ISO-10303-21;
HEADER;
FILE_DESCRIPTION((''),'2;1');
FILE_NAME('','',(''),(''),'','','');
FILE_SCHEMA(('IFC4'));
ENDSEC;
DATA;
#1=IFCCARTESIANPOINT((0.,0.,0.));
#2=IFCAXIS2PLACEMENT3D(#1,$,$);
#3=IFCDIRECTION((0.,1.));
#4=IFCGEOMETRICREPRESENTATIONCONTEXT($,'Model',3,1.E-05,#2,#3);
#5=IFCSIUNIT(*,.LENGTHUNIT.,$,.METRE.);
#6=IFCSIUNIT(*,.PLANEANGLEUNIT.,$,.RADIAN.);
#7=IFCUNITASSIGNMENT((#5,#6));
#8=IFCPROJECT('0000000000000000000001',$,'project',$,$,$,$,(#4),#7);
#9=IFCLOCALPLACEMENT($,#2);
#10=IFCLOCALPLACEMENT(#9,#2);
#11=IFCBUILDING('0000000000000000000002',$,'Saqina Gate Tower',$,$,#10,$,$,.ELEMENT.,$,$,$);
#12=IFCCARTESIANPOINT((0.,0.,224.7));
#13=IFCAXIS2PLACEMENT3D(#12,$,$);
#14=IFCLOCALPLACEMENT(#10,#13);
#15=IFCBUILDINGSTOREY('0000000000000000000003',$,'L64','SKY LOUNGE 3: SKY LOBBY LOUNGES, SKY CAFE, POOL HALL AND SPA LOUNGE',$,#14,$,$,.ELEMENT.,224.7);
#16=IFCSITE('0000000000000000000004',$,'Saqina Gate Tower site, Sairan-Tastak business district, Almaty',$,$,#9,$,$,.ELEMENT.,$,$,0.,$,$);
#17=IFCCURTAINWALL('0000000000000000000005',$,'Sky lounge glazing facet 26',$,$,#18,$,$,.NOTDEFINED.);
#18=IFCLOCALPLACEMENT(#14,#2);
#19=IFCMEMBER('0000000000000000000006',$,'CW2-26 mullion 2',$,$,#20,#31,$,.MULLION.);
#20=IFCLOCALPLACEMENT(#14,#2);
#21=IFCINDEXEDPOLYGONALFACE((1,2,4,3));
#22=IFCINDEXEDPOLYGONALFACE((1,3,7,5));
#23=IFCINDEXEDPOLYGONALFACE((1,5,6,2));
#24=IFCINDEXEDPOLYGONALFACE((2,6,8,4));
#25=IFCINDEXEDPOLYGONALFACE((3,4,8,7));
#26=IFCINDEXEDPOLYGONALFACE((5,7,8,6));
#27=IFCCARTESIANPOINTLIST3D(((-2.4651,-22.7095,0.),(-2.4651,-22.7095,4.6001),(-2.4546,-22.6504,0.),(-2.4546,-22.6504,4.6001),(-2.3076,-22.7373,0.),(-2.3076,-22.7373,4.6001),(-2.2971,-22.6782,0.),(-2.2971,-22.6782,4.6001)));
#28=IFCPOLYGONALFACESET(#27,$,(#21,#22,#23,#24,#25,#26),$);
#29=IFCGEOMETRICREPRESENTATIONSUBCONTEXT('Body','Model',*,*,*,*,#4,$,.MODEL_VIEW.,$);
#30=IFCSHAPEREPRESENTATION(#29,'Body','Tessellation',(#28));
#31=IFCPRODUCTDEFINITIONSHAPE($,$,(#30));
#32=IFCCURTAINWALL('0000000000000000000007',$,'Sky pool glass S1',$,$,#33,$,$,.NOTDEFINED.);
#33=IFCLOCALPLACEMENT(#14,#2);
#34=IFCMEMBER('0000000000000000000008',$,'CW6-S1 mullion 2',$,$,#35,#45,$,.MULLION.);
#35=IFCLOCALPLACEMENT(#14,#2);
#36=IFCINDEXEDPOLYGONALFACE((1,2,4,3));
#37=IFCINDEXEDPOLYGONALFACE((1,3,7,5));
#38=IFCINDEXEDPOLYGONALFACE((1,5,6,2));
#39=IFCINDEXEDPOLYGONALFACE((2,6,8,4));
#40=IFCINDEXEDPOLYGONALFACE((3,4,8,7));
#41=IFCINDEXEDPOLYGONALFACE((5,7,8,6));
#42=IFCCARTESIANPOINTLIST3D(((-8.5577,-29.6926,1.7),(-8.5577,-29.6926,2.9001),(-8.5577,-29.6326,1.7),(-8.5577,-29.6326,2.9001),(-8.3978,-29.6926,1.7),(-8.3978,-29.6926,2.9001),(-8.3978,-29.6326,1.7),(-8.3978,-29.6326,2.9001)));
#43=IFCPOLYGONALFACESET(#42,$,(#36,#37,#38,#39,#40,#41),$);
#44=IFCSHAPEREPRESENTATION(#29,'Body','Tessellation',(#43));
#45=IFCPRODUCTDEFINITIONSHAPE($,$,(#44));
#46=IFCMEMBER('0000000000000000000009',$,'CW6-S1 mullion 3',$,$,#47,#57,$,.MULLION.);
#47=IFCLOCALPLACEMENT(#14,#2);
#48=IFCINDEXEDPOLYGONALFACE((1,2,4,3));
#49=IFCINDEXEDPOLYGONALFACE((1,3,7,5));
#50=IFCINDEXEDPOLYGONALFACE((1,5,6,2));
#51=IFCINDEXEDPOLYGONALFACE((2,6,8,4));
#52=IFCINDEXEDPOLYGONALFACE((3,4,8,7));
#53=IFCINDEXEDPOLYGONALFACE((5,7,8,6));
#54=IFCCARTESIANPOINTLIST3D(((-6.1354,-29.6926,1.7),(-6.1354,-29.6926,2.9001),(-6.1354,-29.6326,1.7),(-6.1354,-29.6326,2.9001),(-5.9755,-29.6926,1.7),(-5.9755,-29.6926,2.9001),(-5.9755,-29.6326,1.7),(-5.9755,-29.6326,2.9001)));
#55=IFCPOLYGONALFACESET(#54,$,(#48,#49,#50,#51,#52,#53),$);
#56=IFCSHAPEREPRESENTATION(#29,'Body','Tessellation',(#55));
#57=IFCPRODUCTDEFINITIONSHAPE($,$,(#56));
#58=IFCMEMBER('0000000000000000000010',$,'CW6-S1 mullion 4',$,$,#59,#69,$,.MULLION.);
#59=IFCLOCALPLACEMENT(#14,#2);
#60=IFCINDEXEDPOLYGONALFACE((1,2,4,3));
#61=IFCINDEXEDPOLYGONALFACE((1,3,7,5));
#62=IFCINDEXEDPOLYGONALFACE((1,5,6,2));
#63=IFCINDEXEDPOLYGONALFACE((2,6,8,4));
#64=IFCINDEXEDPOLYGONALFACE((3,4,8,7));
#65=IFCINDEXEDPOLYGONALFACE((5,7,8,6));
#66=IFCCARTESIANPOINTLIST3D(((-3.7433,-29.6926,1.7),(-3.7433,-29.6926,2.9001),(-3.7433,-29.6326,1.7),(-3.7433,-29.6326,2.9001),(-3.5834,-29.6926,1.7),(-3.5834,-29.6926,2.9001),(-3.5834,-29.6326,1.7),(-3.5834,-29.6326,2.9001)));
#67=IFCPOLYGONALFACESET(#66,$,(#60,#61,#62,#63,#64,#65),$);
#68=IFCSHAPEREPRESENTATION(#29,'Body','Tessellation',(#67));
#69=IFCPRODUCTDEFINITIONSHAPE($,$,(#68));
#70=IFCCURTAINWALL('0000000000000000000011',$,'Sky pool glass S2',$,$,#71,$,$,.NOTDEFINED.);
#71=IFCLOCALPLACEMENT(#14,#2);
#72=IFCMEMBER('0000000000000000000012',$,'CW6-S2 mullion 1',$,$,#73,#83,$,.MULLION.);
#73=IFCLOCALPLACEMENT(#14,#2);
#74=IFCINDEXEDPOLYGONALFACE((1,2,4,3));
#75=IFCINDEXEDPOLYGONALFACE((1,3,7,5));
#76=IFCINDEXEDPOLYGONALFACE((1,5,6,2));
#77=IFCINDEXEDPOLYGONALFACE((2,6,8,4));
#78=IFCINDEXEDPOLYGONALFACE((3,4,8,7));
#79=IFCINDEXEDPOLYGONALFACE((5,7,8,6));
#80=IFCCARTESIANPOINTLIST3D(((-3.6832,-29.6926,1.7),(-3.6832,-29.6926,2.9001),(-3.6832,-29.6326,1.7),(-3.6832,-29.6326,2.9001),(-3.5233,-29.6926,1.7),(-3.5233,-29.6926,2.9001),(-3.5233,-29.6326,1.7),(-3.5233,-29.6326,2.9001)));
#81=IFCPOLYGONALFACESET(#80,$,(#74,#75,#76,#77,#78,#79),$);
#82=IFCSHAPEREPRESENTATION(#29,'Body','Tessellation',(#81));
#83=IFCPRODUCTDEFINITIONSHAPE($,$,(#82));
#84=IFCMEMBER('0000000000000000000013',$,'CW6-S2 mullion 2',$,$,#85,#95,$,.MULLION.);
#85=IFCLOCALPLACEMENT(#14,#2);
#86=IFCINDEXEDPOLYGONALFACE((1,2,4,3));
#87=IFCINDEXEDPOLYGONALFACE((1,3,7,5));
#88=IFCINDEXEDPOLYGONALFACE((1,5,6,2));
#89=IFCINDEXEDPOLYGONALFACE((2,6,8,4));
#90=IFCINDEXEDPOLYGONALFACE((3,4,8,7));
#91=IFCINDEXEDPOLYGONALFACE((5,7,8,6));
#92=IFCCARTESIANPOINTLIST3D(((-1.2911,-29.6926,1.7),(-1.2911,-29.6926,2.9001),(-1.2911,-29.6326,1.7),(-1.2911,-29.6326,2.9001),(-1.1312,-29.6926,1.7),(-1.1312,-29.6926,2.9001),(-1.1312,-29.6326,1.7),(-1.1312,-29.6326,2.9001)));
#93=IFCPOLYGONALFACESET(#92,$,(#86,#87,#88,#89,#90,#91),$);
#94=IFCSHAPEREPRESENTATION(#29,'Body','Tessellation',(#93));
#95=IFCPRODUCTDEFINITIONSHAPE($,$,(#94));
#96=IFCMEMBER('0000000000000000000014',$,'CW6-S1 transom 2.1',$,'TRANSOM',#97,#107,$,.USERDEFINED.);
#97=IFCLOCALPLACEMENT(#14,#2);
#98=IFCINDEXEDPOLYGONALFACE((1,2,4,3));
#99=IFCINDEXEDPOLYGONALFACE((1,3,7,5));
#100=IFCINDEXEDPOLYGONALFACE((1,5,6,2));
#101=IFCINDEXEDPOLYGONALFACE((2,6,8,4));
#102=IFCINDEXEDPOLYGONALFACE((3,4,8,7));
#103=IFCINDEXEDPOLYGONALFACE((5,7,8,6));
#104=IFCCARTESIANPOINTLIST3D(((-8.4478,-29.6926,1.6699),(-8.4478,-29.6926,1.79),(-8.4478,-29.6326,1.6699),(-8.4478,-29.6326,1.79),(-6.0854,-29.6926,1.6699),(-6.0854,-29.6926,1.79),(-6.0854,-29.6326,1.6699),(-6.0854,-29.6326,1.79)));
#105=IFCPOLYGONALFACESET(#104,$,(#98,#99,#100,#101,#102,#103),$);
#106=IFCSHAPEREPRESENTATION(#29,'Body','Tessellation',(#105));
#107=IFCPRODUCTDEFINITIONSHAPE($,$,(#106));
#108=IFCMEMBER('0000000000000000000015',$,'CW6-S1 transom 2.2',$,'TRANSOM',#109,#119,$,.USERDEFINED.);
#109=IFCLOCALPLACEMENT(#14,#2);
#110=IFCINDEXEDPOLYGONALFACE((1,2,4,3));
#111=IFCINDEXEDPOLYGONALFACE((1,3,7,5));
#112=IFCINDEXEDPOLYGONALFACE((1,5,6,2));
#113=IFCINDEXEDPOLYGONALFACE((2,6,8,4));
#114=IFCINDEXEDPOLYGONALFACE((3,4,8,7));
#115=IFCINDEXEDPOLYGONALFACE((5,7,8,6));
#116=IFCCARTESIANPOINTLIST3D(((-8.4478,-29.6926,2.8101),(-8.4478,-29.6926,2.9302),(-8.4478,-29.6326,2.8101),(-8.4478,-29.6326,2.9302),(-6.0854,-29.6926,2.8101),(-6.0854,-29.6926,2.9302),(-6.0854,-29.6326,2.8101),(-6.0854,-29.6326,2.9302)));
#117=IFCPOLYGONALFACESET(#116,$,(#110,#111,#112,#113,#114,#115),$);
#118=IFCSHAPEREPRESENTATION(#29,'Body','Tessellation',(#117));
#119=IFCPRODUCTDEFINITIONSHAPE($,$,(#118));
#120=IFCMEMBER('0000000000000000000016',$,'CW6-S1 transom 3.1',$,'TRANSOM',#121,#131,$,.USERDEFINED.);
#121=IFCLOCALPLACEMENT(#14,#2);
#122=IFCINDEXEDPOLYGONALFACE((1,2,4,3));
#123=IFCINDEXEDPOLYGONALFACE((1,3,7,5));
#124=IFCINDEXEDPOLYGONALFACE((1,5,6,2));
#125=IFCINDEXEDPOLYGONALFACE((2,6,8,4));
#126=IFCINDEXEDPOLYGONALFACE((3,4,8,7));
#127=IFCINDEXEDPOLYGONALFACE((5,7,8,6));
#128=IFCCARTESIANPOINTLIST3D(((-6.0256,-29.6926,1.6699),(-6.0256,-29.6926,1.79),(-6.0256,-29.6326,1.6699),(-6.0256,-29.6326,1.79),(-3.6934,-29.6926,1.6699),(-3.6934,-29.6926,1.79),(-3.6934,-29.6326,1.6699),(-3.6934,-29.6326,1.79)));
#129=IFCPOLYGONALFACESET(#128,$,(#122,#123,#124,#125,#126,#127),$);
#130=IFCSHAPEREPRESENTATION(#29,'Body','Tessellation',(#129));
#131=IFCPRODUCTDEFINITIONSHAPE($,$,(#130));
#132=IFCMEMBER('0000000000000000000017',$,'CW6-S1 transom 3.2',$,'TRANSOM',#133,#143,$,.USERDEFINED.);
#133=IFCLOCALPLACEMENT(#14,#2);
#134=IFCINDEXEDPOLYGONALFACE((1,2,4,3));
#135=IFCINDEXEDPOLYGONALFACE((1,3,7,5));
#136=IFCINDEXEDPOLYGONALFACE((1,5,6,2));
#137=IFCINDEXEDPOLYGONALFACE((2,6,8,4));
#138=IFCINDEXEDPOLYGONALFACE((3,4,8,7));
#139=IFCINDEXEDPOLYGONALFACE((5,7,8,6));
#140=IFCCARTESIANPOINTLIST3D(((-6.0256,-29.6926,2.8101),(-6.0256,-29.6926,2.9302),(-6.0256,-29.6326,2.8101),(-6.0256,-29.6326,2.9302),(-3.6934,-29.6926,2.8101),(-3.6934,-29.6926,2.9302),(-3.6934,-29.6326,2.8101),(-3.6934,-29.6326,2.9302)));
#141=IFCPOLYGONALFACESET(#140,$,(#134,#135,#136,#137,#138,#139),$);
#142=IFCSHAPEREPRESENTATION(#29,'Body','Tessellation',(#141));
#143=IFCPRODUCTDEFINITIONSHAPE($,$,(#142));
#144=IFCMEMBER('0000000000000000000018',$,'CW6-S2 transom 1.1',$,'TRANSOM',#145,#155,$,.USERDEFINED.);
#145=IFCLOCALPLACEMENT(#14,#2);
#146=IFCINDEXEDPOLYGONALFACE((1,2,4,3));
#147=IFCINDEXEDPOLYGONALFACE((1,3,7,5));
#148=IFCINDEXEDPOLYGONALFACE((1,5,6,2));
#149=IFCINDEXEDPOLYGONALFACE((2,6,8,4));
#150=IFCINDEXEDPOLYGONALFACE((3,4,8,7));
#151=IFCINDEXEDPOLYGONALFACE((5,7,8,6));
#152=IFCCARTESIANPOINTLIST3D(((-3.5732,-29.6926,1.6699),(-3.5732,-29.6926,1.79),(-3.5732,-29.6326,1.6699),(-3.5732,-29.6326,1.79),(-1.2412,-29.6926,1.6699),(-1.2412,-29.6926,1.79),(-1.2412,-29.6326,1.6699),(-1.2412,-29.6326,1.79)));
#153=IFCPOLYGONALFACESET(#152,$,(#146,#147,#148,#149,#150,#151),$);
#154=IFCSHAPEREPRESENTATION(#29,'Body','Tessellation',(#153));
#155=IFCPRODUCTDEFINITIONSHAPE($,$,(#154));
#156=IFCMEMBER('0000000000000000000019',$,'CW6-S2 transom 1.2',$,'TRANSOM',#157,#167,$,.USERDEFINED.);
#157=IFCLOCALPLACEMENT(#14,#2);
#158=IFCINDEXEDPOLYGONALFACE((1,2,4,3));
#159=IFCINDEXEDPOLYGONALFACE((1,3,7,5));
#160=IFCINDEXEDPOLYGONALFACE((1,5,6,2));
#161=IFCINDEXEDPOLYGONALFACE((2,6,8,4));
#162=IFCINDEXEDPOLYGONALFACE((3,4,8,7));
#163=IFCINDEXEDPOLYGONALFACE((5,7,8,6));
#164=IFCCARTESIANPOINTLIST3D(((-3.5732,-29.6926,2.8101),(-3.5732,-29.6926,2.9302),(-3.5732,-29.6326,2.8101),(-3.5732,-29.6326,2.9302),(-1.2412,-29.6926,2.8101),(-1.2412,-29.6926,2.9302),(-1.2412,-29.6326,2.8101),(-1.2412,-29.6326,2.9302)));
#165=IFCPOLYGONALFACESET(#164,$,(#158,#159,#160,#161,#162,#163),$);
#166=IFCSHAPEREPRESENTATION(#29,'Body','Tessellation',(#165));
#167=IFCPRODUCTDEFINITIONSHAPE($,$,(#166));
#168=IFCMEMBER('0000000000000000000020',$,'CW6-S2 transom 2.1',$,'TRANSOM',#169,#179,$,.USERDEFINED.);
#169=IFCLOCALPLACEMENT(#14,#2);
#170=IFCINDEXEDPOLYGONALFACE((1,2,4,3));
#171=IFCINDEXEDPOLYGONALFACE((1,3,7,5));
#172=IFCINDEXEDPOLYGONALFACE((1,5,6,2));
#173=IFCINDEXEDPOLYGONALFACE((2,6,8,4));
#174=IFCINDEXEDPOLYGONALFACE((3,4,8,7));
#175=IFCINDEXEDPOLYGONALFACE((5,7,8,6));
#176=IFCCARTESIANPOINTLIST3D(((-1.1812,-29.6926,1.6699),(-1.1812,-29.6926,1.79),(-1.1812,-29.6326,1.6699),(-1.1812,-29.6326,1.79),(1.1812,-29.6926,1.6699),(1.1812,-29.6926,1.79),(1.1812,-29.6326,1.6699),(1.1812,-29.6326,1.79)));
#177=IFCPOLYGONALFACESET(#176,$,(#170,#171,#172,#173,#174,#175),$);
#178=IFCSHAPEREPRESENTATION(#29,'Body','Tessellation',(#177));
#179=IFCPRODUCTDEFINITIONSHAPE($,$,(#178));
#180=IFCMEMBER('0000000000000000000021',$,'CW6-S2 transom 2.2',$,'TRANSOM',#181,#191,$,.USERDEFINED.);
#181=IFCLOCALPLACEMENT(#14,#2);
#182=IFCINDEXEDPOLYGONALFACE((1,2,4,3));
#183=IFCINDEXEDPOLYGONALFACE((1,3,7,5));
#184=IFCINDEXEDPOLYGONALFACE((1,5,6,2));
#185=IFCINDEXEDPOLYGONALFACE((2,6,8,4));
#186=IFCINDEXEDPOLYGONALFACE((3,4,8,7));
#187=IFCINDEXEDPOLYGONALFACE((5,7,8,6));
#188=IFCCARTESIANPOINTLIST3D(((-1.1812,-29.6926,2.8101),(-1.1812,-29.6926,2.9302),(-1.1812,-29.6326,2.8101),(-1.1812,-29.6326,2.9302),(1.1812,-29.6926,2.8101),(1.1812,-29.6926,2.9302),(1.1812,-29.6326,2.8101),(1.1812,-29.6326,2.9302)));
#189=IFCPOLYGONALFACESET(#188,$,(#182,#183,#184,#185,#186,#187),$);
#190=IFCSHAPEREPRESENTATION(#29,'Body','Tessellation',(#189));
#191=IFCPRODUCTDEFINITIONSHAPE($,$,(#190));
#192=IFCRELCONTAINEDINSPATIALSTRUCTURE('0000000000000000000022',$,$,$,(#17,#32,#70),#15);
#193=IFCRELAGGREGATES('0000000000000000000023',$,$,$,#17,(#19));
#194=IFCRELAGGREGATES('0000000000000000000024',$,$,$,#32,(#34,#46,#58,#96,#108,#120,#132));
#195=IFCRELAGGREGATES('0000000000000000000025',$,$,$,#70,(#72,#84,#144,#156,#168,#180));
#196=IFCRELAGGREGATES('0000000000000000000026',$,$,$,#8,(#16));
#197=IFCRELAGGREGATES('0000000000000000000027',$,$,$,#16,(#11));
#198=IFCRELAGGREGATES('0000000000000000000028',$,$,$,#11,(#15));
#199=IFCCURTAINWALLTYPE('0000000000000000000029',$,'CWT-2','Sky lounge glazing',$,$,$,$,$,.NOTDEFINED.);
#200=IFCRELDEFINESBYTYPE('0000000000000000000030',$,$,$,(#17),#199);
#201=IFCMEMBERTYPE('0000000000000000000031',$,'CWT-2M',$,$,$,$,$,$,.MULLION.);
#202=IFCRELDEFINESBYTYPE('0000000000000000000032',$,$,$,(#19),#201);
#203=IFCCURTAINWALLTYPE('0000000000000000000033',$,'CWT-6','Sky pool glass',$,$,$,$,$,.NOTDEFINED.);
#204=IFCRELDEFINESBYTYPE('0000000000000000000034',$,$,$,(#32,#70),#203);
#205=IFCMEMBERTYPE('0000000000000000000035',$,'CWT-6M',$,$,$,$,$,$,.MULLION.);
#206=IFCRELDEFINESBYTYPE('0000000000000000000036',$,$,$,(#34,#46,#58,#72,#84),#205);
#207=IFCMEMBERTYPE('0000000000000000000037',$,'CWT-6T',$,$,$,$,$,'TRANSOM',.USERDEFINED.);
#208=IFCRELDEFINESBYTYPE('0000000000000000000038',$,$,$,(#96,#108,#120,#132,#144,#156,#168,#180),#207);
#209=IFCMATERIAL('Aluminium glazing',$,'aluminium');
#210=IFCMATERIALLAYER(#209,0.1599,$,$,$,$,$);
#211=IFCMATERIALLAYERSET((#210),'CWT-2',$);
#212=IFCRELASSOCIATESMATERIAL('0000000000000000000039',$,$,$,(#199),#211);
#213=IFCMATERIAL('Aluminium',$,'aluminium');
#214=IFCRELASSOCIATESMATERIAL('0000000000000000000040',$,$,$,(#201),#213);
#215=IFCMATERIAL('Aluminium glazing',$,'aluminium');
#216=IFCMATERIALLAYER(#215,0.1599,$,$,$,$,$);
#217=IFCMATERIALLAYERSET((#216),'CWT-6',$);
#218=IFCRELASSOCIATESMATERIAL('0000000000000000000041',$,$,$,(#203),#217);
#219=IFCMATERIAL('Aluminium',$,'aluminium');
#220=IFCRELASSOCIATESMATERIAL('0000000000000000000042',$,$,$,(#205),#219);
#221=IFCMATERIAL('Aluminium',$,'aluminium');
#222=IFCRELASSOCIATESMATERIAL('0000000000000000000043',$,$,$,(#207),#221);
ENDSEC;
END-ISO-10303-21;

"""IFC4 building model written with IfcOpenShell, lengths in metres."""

from ifc_helpers import new_model, si_unit, direction, frame, origin, origin_2d, place, context, subcontext, project, spatial, rectangle, extrude, material, layer, layer_set, material_profile, profile_set, type_object, element, aggregate, save


model = new_model("IFC4")

# Units and contexts
model_context = context("Model", 3, precision=1e-05, world=origin(), true_north=direction((0.0, 1.0)))
body_context = subcontext(model_context, "Body", "Model", "MODEL_VIEW")
ifc_project = project(units=[si_unit("LENGTHUNIT", "METRE"), si_unit("PLANEANGLEUNIT", "RADIAN")], contexts=[model_context])

# Site, building, storey
site_placement = place(None, origin())
site = spatial("IfcSite", under=ifc_project, at=site_placement, Name="Saqina Gate Tower site, Sairan-Tastak business district, Almaty", CompositionType="ELEMENT", RefElevation=0.0)
building_placement = place(site_placement, origin())
building = spatial("IfcBuilding", under=site, at=building_placement, Name="Saqina Gate Tower", CompositionType="ELEMENT")
storey_placement = place(building_placement, frame((0.0, 0.0, 224.7)))
storey = spatial("IfcBuildingStorey", under=building, at=storey_placement, Name="L64", Description="SKY LOUNGE 3: SKY LOBBY LOUNGES, SKY CAFE, POOL HALL AND SPA LOUNGE", CompositionType="ELEMENT", Elevation=224.7)

# Curtain wall, member
ifc_material_1 = material(Name="Aluminium glazing", Category="aluminium")
ifc_layer_1 = layer(ifc_material_1, 0.1599)
ifc_layer_set_1 = layer_set([ifc_layer_1], Name="CWT-2")
curtain_wall_type_1 = type_object("IfcCurtainWallType", Name="CWT-2", Description="Sky lounge glazing", PredefinedType="NOTDEFINED", material=ifc_layer_set_1)
curtain_wall_1_placement = place(storey_placement, origin())
curtain_wall_1 = element("IfcCurtainWall", 1, at=curtain_wall_1_placement, inside=storey, type_object=curtain_wall_type_1, Name="Sky lounge glazing facet 26", PredefinedType="NOTDEFINED")
ifc_material_2 = material(Name="Aluminium", Category="aluminium")
ifc_material_profile_1 = material_profile(ifc_material_2, rectangle(XDim=0.0601, YDim=0.1599, at=origin_2d()), Name="Aluminium 60x160")
ifc_profile_set_1 = profile_set([ifc_material_profile_1], Name="Aluminium")
member_type_1 = type_object("IfcMemberType", Name="CWT-2M", PredefinedType="MULLION", material=ifc_profile_set_1)
member_1_placement = place(storey_placement, frame((-2.3811, -22.6938, 0.0), z_axis=(0.0, 0.0, 1.0), x_axis=(0.173663, 0.984805, 0.0)))
member_1 = element("IfcMember", 2, at=member_1_placement, type_object=member_type_1, Name="CW2-26 mullion 2", PredefinedType="MULLION", context=body_context, shape_type="SweptSolid", body=[
    extrude(rectangle(XDim=0.0601, YDim=0.1599, at=origin_2d()), origin(), (0.0, 0.0, 1.0), 4.6001),
])

# Curtain walls, members
ifc_material_3 = material(Name="Aluminium glazing", Category="aluminium")
ifc_layer_2 = layer(ifc_material_3, 0.1599)
ifc_layer_set_2 = layer_set([ifc_layer_2], Name="CWT-6")
curtain_wall_type_2 = type_object("IfcCurtainWallType", Name="CWT-6", Description="Sky pool glass", PredefinedType="NOTDEFINED", material=ifc_layer_set_2)
curtain_wall_2_placement = place(storey_placement, origin())
curtain_wall_2 = element("IfcCurtainWall", 3, at=curtain_wall_2_placement, inside=storey, type_object=curtain_wall_type_2, Name="Sky pool glass S1", PredefinedType="NOTDEFINED")
ifc_material_4 = material(Name="Aluminium", Category="aluminium")
ifc_material_profile_2 = material_profile(ifc_material_4, rectangle(XDim=0.0601, YDim=0.1599, at=origin_2d()), Name="Aluminium 60x160")
ifc_profile_set_2 = profile_set([ifc_material_profile_2], Name="Aluminium")
member_type_2 = type_object("IfcMemberType", Name="CWT-6M", PredefinedType="MULLION", material=ifc_profile_set_2)
member_2_placement = place(storey_placement, frame((-8.4778, -29.6626, 1.7), z_axis=(0.0, 0.0, 1.0), x_axis=(0.0, 1.0, 0.0)))
member_2 = element("IfcMember", 4, at=member_2_placement, type_object=member_type_2, Name="CW6-S1 mullion 2", PredefinedType="MULLION", context=body_context, shape_type="SweptSolid", body=[
    extrude(rectangle(XDim=0.0601, YDim=0.1599, at=origin_2d()), origin(), (0.0, 0.0, 1.0), 1.2002),
])
member_3_placement = place(storey_placement, frame((-6.0554, -29.6626, 1.7), z_axis=(0.0, 0.0, 1.0), x_axis=(0.0, 1.0, 0.0)))
member_3 = element("IfcMember", 5, at=member_3_placement, type_object=member_type_2, Name="CW6-S1 mullion 3", PredefinedType="MULLION", context=body_context, shape_type="SweptSolid", body=[
    extrude(rectangle(XDim=0.0601, YDim=0.1599, at=origin_2d()), origin(), (0.0, 0.0, 1.0), 1.2002),
])
member_4_placement = place(storey_placement, frame((-3.6633, -29.6626, 1.7), z_axis=(0.0, 0.0, 1.0), x_axis=(0.0, 1.0, 0.0)))
member_4 = element("IfcMember", 6, at=member_4_placement, type_object=member_type_2, Name="CW6-S1 mullion 4", PredefinedType="MULLION", context=body_context, shape_type="SweptSolid", body=[
    extrude(rectangle(XDim=0.0601, YDim=0.1599, at=origin_2d()), origin(), (0.0, 0.0, 1.0), 1.2002),
])
curtain_wall_3_placement = place(storey_placement, origin())
curtain_wall_3 = element("IfcCurtainWall", 7, at=curtain_wall_3_placement, inside=storey, type_object=curtain_wall_type_2, Name="Sky pool glass S2", PredefinedType="NOTDEFINED")
member_5_placement = place(storey_placement, frame((-3.6033, -29.6626, 1.7), z_axis=(0.0, 0.0, 1.0), x_axis=(0.0, 1.0, 0.0)))
member_5 = element("IfcMember", 8, at=member_5_placement, type_object=member_type_2, Name="CW6-S2 mullion 1", PredefinedType="MULLION", context=body_context, shape_type="SweptSolid", body=[
    extrude(rectangle(XDim=0.0601, YDim=0.1599, at=origin_2d()), origin(), (0.0, 0.0, 1.0), 1.2002),
])
member_6_placement = place(storey_placement, frame((-1.2112, -29.6626, 1.7), z_axis=(0.0, 0.0, 1.0), x_axis=(0.0, 1.0, 0.0)))
member_6 = element("IfcMember", 9, at=member_6_placement, type_object=member_type_2, Name="CW6-S2 mullion 2", PredefinedType="MULLION", context=body_context, shape_type="SweptSolid", body=[
    extrude(rectangle(XDim=0.0601, YDim=0.1599, at=origin_2d()), origin(), (0.0, 0.0, 1.0), 1.2002),
])

# Members
ifc_material_5 = material(Name="Aluminium", Category="aluminium")
ifc_material_profile_3 = material_profile(ifc_material_5, rectangle(XDim=0.0601, YDim=0.1201, at=origin_2d()), Name="Aluminium 60x120")
ifc_profile_set_3 = profile_set([ifc_material_profile_3], Name="Aluminium")
member_type_3 = type_object("IfcMemberType", Name="CWT-6T", ElementType="TRANSOM", PredefinedType="USERDEFINED", material=ifc_profile_set_3)
member_7_placement = place(storey_placement, frame((-8.4478, -29.6626, 1.73), z_axis=(1.0, 0.0, 0.0), x_axis=(0.0, 1.0, 0.0)))
member_7 = element("IfcMember", 10, at=member_7_placement, type_object=member_type_3, Name="CW6-S1 transom 2.1", ObjectType="TRANSOM", PredefinedType="USERDEFINED", context=body_context, shape_type="SweptSolid", body=[
    extrude(rectangle(XDim=0.0601, YDim=0.1201, at=origin_2d()), origin(), (0.0, 0.0, 1.0), 2.3623),
])
member_8_placement = place(storey_placement, frame((-8.4478, -29.6626, 2.8701), z_axis=(1.0, 0.0, 0.0), x_axis=(0.0, 1.0, 0.0)))
member_8 = element("IfcMember", 11, at=member_8_placement, type_object=member_type_3, Name="CW6-S1 transom 2.2", ObjectType="TRANSOM", PredefinedType="USERDEFINED", context=body_context, shape_type="SweptSolid", body=[
    extrude(rectangle(XDim=0.0601, YDim=0.1201, at=origin_2d()), origin(), (0.0, 0.0, 1.0), 2.3623),
])
member_9_placement = place(storey_placement, frame((-6.0256, -29.6626, 1.73), z_axis=(1.0, 0.0, 0.0), x_axis=(0.0, 1.0, 0.0)))
member_9 = element("IfcMember", 12, at=member_9_placement, type_object=member_type_3, Name="CW6-S1 transom 3.1", ObjectType="TRANSOM", PredefinedType="USERDEFINED", context=body_context, shape_type="SweptSolid", body=[
    extrude(rectangle(XDim=0.0601, YDim=0.1201, at=origin_2d()), origin(), (0.0, 0.0, 1.0), 2.3323),
])
member_10_placement = place(storey_placement, frame((-6.0256, -29.6626, 2.8701), z_axis=(1.0, 0.0, 0.0), x_axis=(0.0, 1.0, 0.0)))
member_10 = element("IfcMember", 13, at=member_10_placement, type_object=member_type_3, Name="CW6-S1 transom 3.2", ObjectType="TRANSOM", PredefinedType="USERDEFINED", context=body_context, shape_type="SweptSolid", body=[
    extrude(rectangle(XDim=0.0601, YDim=0.1201, at=origin_2d()), origin(), (0.0, 0.0, 1.0), 2.3323),
])
member_11_placement = place(storey_placement, frame((-3.5732, -29.6626, 1.73), z_axis=(1.0, 0.0, 0.0), x_axis=(0.0, 1.0, 0.0)))
member_11 = element("IfcMember", 14, at=member_11_placement, type_object=member_type_3, Name="CW6-S2 transom 1.1", ObjectType="TRANSOM", PredefinedType="USERDEFINED", context=body_context, shape_type="SweptSolid", body=[
    extrude(rectangle(XDim=0.0601, YDim=0.1201, at=origin_2d()), origin(), (0.0, 0.0, 1.0), 2.332),
])
member_12_placement = place(storey_placement, frame((-3.5732, -29.6626, 2.8701), z_axis=(1.0, 0.0, 0.0), x_axis=(0.0, 1.0, 0.0)))
member_12 = element("IfcMember", 15, at=member_12_placement, type_object=member_type_3, Name="CW6-S2 transom 1.2", ObjectType="TRANSOM", PredefinedType="USERDEFINED", context=body_context, shape_type="SweptSolid", body=[
    extrude(rectangle(XDim=0.0601, YDim=0.1201, at=origin_2d()), origin(), (0.0, 0.0, 1.0), 2.332),
])
member_13_placement = place(storey_placement, frame((-1.1812, -29.6626, 1.73), z_axis=(1.0, 0.0, 0.0), x_axis=(0.0, 1.0, 0.0)))
member_13 = element("IfcMember", 16, at=member_13_placement, type_object=member_type_3, Name="CW6-S2 transom 2.1", ObjectType="TRANSOM", PredefinedType="USERDEFINED", context=body_context, shape_type="SweptSolid", body=[
    extrude(rectangle(XDim=0.0601, YDim=0.1201, at=origin_2d()), origin(), (0.0, 0.0, 1.0), 2.3623),
])
member_14_placement = place(storey_placement, frame((-1.1812, -29.6626, 2.8701), z_axis=(1.0, 0.0, 0.0), x_axis=(0.0, 1.0, 0.0)))
member_14 = element("IfcMember", 17, at=member_14_placement, type_object=member_type_3, Name="CW6-S2 transom 2.2", ObjectType="TRANSOM", PredefinedType="USERDEFINED", context=body_context, shape_type="SweptSolid", body=[
    extrude(rectangle(XDim=0.0601, YDim=0.1201, at=origin_2d()), origin(), (0.0, 0.0, 1.0), 2.3623),
])

aggregate(curtain_wall_1, [member_1])
aggregate(curtain_wall_2, [member_2, member_3, member_4, member_7, member_8, member_9, member_10])
aggregate(curtain_wall_3, [member_5, member_6, member_11, member_12, member_13, member_14])

save(model, "model.ifc")
